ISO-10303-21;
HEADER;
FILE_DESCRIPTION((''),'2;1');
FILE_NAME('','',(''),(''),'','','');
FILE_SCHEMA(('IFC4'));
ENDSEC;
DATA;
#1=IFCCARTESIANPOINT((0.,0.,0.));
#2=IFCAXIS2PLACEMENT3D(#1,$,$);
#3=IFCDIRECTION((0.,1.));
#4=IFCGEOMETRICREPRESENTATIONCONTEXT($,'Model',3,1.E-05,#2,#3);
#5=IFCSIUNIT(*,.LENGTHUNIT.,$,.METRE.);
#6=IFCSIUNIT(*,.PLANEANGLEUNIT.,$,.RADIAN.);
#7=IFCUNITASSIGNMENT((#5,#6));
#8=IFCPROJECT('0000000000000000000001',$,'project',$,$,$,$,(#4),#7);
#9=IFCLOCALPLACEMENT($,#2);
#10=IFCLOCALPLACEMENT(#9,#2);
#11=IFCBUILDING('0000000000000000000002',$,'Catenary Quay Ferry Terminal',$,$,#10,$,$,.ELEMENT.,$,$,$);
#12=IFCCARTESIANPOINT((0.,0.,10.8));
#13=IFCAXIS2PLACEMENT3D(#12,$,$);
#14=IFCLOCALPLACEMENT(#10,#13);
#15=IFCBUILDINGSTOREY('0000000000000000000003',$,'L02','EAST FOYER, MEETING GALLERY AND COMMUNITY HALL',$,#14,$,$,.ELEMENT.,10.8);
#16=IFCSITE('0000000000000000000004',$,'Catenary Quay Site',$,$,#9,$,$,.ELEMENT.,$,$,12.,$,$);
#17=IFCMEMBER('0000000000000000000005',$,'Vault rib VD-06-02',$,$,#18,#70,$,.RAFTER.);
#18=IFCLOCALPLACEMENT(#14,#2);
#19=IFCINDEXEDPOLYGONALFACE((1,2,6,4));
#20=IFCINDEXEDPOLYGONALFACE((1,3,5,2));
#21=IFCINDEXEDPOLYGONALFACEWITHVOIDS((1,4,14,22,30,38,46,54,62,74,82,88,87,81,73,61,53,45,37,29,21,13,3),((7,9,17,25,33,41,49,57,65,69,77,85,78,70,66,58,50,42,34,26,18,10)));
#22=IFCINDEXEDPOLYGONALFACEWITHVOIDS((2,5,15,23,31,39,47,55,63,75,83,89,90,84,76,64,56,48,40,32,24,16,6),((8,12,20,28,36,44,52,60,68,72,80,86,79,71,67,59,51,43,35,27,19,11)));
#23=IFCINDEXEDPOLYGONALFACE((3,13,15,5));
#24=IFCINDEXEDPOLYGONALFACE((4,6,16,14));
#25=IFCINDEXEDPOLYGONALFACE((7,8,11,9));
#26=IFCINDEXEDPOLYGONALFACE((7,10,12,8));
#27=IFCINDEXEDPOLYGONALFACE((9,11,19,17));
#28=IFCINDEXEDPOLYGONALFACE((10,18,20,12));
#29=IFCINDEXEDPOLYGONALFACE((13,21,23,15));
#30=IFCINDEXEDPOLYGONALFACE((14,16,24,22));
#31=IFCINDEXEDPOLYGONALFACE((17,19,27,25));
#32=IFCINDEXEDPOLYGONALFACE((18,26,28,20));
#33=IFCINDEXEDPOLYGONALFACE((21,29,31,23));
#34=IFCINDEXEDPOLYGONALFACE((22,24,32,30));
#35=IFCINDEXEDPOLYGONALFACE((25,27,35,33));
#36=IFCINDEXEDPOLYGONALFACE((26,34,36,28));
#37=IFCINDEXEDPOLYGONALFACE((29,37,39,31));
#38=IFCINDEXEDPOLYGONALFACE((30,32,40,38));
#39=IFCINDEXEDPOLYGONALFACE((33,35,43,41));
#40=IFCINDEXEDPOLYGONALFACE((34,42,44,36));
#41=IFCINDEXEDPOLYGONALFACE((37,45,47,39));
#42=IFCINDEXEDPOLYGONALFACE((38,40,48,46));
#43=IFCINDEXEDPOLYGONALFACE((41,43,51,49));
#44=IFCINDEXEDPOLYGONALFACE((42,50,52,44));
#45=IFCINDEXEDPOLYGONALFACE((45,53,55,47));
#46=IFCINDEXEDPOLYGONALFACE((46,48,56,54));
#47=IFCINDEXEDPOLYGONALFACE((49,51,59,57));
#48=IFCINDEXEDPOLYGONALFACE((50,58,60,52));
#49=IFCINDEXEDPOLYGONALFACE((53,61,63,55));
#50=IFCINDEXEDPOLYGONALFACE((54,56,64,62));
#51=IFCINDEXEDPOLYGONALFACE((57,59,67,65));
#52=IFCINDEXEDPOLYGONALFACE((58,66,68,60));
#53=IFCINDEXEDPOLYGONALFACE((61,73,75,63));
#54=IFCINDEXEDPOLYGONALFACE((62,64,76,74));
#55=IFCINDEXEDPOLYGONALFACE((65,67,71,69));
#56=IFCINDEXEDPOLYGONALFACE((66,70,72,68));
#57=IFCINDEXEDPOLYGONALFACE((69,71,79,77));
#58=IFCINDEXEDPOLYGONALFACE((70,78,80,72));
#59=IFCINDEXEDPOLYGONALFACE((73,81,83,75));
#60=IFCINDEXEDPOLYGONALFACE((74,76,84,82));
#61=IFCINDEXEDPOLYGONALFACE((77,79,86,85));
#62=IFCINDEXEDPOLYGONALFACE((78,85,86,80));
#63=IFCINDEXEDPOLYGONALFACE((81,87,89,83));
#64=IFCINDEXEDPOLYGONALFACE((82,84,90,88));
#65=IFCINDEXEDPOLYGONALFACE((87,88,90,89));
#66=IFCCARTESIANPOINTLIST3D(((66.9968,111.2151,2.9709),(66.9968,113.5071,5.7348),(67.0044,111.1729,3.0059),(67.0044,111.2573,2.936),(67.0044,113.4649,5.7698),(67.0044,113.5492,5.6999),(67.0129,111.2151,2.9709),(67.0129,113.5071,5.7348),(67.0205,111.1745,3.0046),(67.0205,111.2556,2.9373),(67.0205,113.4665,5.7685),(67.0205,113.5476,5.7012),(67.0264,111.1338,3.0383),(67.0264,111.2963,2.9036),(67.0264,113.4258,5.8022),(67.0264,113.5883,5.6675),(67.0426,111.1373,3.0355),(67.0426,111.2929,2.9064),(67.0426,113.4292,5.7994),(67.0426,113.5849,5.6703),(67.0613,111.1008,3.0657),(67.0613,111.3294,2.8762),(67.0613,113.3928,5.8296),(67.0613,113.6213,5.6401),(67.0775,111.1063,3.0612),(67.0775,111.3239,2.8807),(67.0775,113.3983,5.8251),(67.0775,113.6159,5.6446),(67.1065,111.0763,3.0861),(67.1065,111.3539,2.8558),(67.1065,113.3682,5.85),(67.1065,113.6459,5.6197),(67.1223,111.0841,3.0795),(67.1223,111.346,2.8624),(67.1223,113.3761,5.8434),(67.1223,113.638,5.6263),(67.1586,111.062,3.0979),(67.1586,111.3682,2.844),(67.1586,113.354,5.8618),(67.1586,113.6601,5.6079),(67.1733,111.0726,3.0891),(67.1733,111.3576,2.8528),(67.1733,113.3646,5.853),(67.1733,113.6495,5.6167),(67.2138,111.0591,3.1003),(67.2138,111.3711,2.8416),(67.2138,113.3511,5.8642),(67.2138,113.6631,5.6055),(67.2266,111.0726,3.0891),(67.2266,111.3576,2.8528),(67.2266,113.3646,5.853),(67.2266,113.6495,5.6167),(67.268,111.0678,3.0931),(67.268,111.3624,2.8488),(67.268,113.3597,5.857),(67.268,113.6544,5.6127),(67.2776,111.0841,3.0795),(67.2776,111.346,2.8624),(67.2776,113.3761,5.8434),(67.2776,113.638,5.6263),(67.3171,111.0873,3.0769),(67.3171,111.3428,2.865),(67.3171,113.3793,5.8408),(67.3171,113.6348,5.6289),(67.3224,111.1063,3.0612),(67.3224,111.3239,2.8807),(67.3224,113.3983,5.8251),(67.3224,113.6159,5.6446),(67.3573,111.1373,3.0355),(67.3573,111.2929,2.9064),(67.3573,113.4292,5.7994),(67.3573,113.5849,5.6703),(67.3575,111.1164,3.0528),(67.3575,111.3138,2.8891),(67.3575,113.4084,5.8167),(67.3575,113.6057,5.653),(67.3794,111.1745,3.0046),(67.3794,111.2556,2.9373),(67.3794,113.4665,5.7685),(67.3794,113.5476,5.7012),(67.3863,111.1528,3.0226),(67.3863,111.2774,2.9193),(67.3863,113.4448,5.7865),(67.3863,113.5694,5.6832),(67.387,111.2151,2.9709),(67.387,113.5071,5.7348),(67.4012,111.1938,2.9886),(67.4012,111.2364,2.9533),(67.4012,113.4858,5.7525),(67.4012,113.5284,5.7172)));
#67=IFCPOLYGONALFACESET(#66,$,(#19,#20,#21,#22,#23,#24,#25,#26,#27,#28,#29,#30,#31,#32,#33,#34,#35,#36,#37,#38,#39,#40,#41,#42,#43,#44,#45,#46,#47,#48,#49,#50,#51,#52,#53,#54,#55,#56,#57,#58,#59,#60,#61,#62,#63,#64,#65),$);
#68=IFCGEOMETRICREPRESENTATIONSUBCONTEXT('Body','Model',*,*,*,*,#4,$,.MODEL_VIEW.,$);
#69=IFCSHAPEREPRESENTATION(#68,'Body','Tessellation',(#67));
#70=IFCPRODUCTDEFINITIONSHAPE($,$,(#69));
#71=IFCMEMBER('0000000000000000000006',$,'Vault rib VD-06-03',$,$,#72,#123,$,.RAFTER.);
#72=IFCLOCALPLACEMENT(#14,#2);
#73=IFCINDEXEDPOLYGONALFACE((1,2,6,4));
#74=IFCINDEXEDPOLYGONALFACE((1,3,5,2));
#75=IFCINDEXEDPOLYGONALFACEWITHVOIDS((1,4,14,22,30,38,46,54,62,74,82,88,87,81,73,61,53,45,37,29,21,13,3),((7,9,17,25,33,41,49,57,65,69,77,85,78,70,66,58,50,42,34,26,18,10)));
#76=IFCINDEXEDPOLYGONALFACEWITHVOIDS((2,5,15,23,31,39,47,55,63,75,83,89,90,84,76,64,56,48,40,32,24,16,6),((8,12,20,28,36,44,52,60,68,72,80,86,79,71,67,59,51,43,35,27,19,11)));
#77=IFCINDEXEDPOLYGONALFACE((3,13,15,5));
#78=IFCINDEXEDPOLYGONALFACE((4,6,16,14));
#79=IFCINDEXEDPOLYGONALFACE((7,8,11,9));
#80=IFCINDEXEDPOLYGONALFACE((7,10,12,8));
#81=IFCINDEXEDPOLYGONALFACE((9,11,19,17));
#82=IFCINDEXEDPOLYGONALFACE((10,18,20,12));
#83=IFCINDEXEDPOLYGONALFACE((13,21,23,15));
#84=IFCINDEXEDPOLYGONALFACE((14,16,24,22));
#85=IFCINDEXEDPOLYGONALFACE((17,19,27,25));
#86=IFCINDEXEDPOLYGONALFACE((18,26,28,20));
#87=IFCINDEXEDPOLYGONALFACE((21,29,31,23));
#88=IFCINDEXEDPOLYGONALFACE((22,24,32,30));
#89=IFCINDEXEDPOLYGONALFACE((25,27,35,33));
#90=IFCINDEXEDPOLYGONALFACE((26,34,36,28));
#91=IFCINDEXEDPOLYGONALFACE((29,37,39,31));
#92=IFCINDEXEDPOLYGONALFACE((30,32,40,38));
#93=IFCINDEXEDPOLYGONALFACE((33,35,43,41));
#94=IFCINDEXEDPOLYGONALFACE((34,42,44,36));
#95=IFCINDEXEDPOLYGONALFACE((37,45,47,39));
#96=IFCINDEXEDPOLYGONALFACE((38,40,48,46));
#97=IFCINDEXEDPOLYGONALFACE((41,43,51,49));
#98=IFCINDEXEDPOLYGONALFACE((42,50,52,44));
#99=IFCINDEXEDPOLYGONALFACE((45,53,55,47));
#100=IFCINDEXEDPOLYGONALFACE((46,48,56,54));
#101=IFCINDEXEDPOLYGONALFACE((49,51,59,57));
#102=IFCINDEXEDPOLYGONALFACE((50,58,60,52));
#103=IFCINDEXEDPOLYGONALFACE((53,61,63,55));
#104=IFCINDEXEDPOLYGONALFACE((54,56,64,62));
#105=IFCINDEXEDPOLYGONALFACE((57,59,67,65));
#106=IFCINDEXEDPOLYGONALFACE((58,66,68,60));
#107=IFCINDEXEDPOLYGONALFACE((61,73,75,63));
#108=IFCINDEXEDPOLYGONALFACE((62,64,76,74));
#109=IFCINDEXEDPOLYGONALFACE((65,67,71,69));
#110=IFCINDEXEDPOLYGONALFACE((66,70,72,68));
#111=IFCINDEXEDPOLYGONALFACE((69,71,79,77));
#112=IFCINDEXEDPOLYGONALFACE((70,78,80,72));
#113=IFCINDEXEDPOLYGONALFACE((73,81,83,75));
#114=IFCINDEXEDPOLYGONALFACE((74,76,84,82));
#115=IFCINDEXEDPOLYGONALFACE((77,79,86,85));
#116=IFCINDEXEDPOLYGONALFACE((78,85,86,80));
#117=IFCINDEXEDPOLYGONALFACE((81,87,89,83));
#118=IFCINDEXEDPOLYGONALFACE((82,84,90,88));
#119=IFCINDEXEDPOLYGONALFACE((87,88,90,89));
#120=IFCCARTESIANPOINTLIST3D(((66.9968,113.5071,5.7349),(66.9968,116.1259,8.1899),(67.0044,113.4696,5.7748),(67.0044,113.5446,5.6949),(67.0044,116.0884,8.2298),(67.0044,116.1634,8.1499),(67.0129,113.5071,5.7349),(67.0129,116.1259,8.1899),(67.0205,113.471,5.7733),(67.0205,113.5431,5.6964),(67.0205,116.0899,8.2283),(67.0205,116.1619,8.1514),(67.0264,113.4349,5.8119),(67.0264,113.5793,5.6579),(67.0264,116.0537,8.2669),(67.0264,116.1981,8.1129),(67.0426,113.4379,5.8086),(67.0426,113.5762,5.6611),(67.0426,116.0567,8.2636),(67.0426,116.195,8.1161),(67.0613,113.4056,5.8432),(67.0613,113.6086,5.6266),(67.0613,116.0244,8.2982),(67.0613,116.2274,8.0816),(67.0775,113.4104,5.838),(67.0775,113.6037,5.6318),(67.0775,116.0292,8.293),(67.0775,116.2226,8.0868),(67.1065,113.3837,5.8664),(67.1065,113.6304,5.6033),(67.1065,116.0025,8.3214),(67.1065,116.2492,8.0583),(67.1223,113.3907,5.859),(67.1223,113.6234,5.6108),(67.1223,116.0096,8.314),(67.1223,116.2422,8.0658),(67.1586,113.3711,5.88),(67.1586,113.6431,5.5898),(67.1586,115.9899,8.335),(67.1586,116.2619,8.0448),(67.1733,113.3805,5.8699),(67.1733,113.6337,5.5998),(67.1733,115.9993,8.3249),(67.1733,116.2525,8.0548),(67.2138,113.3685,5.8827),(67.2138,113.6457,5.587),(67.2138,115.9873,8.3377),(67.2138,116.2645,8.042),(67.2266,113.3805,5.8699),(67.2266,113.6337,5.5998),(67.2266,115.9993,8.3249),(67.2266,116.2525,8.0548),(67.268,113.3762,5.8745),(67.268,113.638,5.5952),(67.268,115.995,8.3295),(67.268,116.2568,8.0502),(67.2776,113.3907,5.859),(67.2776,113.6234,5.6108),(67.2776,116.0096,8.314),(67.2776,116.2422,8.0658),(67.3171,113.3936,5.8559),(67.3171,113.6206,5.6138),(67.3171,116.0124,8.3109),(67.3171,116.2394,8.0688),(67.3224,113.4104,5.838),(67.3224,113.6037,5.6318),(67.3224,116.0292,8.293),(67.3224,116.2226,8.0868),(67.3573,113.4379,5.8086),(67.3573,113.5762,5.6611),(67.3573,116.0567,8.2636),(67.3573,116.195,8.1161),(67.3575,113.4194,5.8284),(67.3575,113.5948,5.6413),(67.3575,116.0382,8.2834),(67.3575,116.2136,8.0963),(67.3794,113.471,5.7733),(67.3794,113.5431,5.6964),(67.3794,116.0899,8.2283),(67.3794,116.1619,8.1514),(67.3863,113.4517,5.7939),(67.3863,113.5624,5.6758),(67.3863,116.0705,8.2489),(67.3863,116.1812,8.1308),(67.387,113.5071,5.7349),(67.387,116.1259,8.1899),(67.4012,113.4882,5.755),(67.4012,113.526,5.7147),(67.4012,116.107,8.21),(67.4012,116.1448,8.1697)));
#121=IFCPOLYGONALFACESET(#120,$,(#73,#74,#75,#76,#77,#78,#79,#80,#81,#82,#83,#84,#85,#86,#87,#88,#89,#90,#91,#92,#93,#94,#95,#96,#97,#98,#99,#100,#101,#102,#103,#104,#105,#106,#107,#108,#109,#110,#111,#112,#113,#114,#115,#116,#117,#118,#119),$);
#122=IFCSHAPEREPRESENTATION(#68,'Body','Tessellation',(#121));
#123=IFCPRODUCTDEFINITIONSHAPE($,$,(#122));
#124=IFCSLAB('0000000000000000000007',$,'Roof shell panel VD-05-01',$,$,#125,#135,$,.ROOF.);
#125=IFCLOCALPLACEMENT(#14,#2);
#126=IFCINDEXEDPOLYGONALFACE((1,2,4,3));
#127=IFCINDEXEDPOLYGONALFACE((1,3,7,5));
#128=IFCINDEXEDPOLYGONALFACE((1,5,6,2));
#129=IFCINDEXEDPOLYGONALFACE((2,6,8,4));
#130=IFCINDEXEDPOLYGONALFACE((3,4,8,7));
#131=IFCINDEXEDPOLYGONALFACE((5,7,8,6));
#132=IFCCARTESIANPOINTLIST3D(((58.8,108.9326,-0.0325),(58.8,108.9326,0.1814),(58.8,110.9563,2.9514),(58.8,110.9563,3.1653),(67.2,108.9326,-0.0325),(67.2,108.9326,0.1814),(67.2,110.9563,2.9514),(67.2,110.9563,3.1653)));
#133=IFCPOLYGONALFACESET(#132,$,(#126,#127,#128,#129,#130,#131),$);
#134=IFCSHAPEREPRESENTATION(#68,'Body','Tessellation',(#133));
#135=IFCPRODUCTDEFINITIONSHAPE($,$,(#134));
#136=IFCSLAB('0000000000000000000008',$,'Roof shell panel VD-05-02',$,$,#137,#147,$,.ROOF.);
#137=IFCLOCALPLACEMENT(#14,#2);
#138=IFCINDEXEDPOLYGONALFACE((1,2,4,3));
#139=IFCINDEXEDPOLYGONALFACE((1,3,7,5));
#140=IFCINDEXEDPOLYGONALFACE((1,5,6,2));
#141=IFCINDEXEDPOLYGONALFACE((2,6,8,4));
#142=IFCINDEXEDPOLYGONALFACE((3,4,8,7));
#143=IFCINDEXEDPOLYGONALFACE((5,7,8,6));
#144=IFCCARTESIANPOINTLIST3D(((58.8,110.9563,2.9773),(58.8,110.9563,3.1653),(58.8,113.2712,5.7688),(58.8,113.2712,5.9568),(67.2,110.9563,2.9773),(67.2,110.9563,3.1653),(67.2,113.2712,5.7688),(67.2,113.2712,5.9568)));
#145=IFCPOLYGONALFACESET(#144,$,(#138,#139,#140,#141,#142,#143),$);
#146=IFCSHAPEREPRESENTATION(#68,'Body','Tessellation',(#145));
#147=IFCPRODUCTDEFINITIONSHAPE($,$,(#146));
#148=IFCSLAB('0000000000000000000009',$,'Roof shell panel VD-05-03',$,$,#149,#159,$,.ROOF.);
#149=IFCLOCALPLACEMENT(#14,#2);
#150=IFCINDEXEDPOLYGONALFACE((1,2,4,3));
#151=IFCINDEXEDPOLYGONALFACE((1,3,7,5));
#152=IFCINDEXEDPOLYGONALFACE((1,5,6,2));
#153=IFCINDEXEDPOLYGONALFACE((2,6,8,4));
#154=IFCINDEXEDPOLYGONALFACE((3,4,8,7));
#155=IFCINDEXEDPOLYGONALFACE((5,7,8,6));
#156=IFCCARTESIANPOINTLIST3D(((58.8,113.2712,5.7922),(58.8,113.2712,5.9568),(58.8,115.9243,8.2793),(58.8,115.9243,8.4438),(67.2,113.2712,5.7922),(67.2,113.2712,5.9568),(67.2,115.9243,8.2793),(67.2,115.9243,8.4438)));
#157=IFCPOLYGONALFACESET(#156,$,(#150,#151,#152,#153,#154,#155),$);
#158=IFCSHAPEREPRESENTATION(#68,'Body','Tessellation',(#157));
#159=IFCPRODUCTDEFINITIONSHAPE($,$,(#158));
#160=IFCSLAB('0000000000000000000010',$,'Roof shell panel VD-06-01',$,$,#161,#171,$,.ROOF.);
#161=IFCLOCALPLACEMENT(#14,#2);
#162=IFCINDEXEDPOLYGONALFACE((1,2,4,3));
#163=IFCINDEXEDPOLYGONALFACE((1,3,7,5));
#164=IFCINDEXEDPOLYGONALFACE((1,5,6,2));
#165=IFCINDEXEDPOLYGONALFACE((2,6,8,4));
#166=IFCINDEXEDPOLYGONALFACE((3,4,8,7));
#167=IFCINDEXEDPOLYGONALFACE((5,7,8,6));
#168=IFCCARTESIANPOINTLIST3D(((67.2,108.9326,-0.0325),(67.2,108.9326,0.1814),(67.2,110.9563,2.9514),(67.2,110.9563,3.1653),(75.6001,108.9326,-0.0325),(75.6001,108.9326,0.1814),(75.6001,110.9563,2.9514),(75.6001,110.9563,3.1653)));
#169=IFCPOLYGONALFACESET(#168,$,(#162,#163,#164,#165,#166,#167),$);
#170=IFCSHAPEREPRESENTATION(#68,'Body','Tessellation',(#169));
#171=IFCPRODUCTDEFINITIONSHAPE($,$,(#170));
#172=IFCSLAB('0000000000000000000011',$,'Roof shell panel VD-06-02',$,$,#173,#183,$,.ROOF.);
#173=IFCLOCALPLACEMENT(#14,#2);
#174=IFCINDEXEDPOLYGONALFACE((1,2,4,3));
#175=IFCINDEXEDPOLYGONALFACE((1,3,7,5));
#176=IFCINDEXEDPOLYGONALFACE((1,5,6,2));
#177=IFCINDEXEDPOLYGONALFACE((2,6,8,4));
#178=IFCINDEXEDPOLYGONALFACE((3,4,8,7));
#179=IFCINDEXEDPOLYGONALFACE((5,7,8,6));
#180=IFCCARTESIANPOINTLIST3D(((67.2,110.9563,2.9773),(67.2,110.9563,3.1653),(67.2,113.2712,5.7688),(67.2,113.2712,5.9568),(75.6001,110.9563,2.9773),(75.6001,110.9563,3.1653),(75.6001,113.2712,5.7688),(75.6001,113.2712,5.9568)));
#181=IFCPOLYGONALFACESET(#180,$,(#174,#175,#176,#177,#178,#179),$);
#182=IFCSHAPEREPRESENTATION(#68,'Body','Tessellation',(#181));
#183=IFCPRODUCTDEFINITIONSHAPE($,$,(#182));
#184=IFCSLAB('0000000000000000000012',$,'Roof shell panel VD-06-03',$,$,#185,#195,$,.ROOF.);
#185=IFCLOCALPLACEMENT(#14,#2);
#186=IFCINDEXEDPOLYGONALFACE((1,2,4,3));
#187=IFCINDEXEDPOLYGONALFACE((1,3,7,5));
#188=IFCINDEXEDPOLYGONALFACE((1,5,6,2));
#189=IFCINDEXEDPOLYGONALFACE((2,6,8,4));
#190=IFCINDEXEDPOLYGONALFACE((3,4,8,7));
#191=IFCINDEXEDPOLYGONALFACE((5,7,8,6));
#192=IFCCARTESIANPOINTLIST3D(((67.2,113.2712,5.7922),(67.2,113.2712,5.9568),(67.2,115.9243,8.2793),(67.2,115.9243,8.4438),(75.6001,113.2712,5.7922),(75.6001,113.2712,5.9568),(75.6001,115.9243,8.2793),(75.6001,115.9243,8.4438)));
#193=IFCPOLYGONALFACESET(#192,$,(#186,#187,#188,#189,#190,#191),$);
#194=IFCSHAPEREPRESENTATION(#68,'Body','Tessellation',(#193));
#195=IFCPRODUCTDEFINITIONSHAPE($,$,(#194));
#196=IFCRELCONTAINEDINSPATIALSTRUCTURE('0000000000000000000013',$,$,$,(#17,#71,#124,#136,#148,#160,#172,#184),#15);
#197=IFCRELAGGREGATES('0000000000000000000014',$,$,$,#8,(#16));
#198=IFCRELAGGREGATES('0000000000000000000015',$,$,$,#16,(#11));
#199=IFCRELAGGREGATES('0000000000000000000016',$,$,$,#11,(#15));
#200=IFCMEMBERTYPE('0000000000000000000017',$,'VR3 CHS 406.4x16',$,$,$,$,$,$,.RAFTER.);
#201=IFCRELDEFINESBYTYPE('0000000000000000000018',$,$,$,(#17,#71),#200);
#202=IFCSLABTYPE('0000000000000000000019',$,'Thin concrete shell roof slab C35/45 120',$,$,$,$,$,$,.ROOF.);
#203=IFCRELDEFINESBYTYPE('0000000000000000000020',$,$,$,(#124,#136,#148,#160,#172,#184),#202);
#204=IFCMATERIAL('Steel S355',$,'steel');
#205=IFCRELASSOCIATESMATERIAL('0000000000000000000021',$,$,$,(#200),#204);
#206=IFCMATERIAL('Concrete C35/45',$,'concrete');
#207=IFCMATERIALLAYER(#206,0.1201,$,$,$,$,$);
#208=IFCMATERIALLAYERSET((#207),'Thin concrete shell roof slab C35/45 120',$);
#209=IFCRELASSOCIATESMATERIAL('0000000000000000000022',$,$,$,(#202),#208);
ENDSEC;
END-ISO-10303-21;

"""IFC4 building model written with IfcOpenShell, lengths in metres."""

from ifc_helpers import new_model, si_unit, direction, frame, origin, origin_2d, place, context, subcontext, project, spatial, polyline, hollow_circle, outline, extrude, material, layer, layer_set, material_profile, profile_set, type_object, element, save


model = new_model("IFC4")

# Units and contexts
model_context = context("Model", 3, precision=1e-05, world=origin(), true_north=direction((0.0, 1.0)))
body_context = subcontext(model_context, "Body", "Model", "MODEL_VIEW")
ifc_project = project(units=[si_unit("LENGTHUNIT", "METRE"), si_unit("PLANEANGLEUNIT", "RADIAN")], contexts=[model_context])

# Site, building, storey
site_placement = place(None, origin())
site = spatial("IfcSite", under=ifc_project, at=site_placement, Name="Catenary Quay Site", CompositionType="ELEMENT", RefElevation=12.0)
building_placement = place(site_placement, origin())
building = spatial("IfcBuilding", under=site, at=building_placement, Name="Catenary Quay Ferry Terminal", CompositionType="ELEMENT")
storey_placement = place(building_placement, frame((0.0, 0.0, 10.8)))
storey = spatial("IfcBuildingStorey", under=building, at=storey_placement, Name="L02", Description="EAST FOYER, MEETING GALLERY AND COMMUNITY HALL", CompositionType="ELEMENT", Elevation=10.8)

# Members
ifc_material_1 = material(Name="Steel S355", Category="steel")
ifc_material_profile = material_profile(ifc_material_1, hollow_circle(Radius=0.2031, WallThickness=0.0161, at=origin_2d()), Name="CHS 406.4x16")
ifc_profile_set = profile_set([ifc_material_profile], Name="Steel S355")
member_type = type_object("IfcMemberType", Name="VR3 CHS 406.4x16", PredefinedType="RAFTER", material=ifc_profile_set)
member_1_placement = place(storey_placement, frame((67.2, 111.2151, 2.9709), z_axis=(0.0, 0.63833, 0.769763), x_axis=(-1.0, 0.0, 0.0)))
element("IfcMember", 1, at=member_1_placement, inside=storey, type_object=member_type, Name="Vault rib VD-06-02", PredefinedType="RAFTER", context=body_context, shape_type="SweptSolid", body=[
    extrude(hollow_circle(Radius=0.2031, WallThickness=0.0161, at=origin_2d()), origin(), (0.0, 0.0, 1.0), 3.5906),
])
member_2_placement = place(storey_placement, frame((67.2, 113.5071, 5.7349), z_axis=(0.0, 0.729556, 0.683921), x_axis=(-1.0, 0.0, 0.0)))
element("IfcMember", 2, at=member_2_placement, inside=storey, type_object=member_type, Name="Vault rib VD-06-03", PredefinedType="RAFTER", context=body_context, shape_type="SweptSolid", body=[
    extrude(hollow_circle(Radius=0.2031, WallThickness=0.0161, at=origin_2d()), origin(), (0.0, 0.0, 1.0), 3.5896),
])

# Slabs
ifc_material_2 = material(Name="Concrete C35/45", Category="concrete")
ifc_layer = layer(ifc_material_2, 0.1201)
ifc_layer_set = layer_set([ifc_layer], Name="Thin concrete shell roof slab C35/45 120")
slab_type = type_object("IfcSlabType", Name="Thin concrete shell roof slab C35/45 120", PredefinedType="ROOF", material=ifc_layer_set)
slab_1_placement = place(storey_placement, frame((58.8, 108.9326, 0.1814), z_axis=(0.0, -0.827617, 0.561293), x_axis=(1.0, 0.0, 0.0)))
element("IfcSlab", 3, at=slab_1_placement, inside=storey, type_object=slab_type, Name="Roof shell panel VD-05-01", PredefinedType="ROOF", context=body_context, shape_type="SweptSolid", body=[
    extrude(outline(polyline([(0.0, 0.0), (8.3999, 0.0), (8.3999, 3.6054), (0.0, 3.6054), (0.0, 0.0)])), origin(), (0.0, -0.827617, -0.561293), 0.2139),
])
slab_2_placement = place(storey_placement, frame((58.8, 110.9563, 3.1653), z_axis=(0.0, -0.769753, 0.638342), x_axis=(1.0, 0.0, 0.0)))
element("IfcSlab", 4, at=slab_2_placement, inside=storey, type_object=slab_type, Name="Roof shell panel VD-05-02", PredefinedType="ROOF", context=body_context, shape_type="SweptSolid", body=[
    extrude(outline(polyline([(0.0, 0.0), (8.3999, 0.0), (8.3999, 3.6265), (0.0, 3.6265), (0.0, 0.0)])), origin(), (0.0, -0.769753, -0.638342), 0.188),
])
slab_3_placement = place(storey_placement, frame((58.8, 113.2712, 5.9568), z_axis=(0.0, -0.683912, 0.729564), x_axis=(1.0, 0.0, 0.0)))
element("IfcSlab", 5, at=slab_3_placement, inside=storey, type_object=slab_type, Name="Roof shell panel VD-05-03", PredefinedType="ROOF", context=body_context, shape_type="SweptSolid", body=[
    extrude(outline(polyline([(0.0, 0.0), (8.3999, 0.0), (8.3999, 3.6365), (0.0, 3.6365), (0.0, 0.0)])), origin(), (0.0, -0.683912, -0.729564), 0.1646),
])
slab_4_placement = place(storey_placement, frame((67.2, 108.9326, 0.1814), z_axis=(0.0, -0.827617, 0.561293), x_axis=(1.0, 0.0, 0.0)))
element("IfcSlab", 6, at=slab_4_placement, inside=storey, type_object=slab_type, Name="Roof shell panel VD-06-01", PredefinedType="ROOF", context=body_context, shape_type="SweptSolid", body=[
    extrude(outline(polyline([(0.0, 0.0), (8.4001, 0.0), (8.4001, 3.6054), (0.0, 3.6054), (0.0, 0.0)])), origin(), (0.0, -0.827617, -0.561293), 0.2139),
])
slab_5_placement = place(storey_placement, frame((67.2, 110.9563, 3.1653), z_axis=(0.0, -0.769753, 0.638342), x_axis=(1.0, 0.0, 0.0)))
element("IfcSlab", 7, at=slab_5_placement, inside=storey, type_object=slab_type, Name="Roof shell panel VD-06-02", PredefinedType="ROOF", context=body_context, shape_type="SweptSolid", body=[
    extrude(outline(polyline([(0.0, 0.0), (8.4001, 0.0), (8.4001, 3.6265), (0.0, 3.6265), (0.0, 0.0)])), origin(), (0.0, -0.769753, -0.638342), 0.188),
])
slab_6_placement = place(storey_placement, frame((67.2, 113.2712, 5.9568), z_axis=(0.0, -0.683912, 0.729564), x_axis=(1.0, 0.0, 0.0)))
element("IfcSlab", 8, at=slab_6_placement, inside=storey, type_object=slab_type, Name="Roof shell panel VD-06-03", PredefinedType="ROOF", context=body_context, shape_type="SweptSolid", body=[
    extrude(outline(polyline([(0.0, 0.0), (8.4001, 0.0), (8.4001, 3.6365), (0.0, 3.6365), (0.0, 0.0)])), origin(), (0.0, -0.683912, -0.729564), 0.1646),
])

save(model, "model.ifc")
